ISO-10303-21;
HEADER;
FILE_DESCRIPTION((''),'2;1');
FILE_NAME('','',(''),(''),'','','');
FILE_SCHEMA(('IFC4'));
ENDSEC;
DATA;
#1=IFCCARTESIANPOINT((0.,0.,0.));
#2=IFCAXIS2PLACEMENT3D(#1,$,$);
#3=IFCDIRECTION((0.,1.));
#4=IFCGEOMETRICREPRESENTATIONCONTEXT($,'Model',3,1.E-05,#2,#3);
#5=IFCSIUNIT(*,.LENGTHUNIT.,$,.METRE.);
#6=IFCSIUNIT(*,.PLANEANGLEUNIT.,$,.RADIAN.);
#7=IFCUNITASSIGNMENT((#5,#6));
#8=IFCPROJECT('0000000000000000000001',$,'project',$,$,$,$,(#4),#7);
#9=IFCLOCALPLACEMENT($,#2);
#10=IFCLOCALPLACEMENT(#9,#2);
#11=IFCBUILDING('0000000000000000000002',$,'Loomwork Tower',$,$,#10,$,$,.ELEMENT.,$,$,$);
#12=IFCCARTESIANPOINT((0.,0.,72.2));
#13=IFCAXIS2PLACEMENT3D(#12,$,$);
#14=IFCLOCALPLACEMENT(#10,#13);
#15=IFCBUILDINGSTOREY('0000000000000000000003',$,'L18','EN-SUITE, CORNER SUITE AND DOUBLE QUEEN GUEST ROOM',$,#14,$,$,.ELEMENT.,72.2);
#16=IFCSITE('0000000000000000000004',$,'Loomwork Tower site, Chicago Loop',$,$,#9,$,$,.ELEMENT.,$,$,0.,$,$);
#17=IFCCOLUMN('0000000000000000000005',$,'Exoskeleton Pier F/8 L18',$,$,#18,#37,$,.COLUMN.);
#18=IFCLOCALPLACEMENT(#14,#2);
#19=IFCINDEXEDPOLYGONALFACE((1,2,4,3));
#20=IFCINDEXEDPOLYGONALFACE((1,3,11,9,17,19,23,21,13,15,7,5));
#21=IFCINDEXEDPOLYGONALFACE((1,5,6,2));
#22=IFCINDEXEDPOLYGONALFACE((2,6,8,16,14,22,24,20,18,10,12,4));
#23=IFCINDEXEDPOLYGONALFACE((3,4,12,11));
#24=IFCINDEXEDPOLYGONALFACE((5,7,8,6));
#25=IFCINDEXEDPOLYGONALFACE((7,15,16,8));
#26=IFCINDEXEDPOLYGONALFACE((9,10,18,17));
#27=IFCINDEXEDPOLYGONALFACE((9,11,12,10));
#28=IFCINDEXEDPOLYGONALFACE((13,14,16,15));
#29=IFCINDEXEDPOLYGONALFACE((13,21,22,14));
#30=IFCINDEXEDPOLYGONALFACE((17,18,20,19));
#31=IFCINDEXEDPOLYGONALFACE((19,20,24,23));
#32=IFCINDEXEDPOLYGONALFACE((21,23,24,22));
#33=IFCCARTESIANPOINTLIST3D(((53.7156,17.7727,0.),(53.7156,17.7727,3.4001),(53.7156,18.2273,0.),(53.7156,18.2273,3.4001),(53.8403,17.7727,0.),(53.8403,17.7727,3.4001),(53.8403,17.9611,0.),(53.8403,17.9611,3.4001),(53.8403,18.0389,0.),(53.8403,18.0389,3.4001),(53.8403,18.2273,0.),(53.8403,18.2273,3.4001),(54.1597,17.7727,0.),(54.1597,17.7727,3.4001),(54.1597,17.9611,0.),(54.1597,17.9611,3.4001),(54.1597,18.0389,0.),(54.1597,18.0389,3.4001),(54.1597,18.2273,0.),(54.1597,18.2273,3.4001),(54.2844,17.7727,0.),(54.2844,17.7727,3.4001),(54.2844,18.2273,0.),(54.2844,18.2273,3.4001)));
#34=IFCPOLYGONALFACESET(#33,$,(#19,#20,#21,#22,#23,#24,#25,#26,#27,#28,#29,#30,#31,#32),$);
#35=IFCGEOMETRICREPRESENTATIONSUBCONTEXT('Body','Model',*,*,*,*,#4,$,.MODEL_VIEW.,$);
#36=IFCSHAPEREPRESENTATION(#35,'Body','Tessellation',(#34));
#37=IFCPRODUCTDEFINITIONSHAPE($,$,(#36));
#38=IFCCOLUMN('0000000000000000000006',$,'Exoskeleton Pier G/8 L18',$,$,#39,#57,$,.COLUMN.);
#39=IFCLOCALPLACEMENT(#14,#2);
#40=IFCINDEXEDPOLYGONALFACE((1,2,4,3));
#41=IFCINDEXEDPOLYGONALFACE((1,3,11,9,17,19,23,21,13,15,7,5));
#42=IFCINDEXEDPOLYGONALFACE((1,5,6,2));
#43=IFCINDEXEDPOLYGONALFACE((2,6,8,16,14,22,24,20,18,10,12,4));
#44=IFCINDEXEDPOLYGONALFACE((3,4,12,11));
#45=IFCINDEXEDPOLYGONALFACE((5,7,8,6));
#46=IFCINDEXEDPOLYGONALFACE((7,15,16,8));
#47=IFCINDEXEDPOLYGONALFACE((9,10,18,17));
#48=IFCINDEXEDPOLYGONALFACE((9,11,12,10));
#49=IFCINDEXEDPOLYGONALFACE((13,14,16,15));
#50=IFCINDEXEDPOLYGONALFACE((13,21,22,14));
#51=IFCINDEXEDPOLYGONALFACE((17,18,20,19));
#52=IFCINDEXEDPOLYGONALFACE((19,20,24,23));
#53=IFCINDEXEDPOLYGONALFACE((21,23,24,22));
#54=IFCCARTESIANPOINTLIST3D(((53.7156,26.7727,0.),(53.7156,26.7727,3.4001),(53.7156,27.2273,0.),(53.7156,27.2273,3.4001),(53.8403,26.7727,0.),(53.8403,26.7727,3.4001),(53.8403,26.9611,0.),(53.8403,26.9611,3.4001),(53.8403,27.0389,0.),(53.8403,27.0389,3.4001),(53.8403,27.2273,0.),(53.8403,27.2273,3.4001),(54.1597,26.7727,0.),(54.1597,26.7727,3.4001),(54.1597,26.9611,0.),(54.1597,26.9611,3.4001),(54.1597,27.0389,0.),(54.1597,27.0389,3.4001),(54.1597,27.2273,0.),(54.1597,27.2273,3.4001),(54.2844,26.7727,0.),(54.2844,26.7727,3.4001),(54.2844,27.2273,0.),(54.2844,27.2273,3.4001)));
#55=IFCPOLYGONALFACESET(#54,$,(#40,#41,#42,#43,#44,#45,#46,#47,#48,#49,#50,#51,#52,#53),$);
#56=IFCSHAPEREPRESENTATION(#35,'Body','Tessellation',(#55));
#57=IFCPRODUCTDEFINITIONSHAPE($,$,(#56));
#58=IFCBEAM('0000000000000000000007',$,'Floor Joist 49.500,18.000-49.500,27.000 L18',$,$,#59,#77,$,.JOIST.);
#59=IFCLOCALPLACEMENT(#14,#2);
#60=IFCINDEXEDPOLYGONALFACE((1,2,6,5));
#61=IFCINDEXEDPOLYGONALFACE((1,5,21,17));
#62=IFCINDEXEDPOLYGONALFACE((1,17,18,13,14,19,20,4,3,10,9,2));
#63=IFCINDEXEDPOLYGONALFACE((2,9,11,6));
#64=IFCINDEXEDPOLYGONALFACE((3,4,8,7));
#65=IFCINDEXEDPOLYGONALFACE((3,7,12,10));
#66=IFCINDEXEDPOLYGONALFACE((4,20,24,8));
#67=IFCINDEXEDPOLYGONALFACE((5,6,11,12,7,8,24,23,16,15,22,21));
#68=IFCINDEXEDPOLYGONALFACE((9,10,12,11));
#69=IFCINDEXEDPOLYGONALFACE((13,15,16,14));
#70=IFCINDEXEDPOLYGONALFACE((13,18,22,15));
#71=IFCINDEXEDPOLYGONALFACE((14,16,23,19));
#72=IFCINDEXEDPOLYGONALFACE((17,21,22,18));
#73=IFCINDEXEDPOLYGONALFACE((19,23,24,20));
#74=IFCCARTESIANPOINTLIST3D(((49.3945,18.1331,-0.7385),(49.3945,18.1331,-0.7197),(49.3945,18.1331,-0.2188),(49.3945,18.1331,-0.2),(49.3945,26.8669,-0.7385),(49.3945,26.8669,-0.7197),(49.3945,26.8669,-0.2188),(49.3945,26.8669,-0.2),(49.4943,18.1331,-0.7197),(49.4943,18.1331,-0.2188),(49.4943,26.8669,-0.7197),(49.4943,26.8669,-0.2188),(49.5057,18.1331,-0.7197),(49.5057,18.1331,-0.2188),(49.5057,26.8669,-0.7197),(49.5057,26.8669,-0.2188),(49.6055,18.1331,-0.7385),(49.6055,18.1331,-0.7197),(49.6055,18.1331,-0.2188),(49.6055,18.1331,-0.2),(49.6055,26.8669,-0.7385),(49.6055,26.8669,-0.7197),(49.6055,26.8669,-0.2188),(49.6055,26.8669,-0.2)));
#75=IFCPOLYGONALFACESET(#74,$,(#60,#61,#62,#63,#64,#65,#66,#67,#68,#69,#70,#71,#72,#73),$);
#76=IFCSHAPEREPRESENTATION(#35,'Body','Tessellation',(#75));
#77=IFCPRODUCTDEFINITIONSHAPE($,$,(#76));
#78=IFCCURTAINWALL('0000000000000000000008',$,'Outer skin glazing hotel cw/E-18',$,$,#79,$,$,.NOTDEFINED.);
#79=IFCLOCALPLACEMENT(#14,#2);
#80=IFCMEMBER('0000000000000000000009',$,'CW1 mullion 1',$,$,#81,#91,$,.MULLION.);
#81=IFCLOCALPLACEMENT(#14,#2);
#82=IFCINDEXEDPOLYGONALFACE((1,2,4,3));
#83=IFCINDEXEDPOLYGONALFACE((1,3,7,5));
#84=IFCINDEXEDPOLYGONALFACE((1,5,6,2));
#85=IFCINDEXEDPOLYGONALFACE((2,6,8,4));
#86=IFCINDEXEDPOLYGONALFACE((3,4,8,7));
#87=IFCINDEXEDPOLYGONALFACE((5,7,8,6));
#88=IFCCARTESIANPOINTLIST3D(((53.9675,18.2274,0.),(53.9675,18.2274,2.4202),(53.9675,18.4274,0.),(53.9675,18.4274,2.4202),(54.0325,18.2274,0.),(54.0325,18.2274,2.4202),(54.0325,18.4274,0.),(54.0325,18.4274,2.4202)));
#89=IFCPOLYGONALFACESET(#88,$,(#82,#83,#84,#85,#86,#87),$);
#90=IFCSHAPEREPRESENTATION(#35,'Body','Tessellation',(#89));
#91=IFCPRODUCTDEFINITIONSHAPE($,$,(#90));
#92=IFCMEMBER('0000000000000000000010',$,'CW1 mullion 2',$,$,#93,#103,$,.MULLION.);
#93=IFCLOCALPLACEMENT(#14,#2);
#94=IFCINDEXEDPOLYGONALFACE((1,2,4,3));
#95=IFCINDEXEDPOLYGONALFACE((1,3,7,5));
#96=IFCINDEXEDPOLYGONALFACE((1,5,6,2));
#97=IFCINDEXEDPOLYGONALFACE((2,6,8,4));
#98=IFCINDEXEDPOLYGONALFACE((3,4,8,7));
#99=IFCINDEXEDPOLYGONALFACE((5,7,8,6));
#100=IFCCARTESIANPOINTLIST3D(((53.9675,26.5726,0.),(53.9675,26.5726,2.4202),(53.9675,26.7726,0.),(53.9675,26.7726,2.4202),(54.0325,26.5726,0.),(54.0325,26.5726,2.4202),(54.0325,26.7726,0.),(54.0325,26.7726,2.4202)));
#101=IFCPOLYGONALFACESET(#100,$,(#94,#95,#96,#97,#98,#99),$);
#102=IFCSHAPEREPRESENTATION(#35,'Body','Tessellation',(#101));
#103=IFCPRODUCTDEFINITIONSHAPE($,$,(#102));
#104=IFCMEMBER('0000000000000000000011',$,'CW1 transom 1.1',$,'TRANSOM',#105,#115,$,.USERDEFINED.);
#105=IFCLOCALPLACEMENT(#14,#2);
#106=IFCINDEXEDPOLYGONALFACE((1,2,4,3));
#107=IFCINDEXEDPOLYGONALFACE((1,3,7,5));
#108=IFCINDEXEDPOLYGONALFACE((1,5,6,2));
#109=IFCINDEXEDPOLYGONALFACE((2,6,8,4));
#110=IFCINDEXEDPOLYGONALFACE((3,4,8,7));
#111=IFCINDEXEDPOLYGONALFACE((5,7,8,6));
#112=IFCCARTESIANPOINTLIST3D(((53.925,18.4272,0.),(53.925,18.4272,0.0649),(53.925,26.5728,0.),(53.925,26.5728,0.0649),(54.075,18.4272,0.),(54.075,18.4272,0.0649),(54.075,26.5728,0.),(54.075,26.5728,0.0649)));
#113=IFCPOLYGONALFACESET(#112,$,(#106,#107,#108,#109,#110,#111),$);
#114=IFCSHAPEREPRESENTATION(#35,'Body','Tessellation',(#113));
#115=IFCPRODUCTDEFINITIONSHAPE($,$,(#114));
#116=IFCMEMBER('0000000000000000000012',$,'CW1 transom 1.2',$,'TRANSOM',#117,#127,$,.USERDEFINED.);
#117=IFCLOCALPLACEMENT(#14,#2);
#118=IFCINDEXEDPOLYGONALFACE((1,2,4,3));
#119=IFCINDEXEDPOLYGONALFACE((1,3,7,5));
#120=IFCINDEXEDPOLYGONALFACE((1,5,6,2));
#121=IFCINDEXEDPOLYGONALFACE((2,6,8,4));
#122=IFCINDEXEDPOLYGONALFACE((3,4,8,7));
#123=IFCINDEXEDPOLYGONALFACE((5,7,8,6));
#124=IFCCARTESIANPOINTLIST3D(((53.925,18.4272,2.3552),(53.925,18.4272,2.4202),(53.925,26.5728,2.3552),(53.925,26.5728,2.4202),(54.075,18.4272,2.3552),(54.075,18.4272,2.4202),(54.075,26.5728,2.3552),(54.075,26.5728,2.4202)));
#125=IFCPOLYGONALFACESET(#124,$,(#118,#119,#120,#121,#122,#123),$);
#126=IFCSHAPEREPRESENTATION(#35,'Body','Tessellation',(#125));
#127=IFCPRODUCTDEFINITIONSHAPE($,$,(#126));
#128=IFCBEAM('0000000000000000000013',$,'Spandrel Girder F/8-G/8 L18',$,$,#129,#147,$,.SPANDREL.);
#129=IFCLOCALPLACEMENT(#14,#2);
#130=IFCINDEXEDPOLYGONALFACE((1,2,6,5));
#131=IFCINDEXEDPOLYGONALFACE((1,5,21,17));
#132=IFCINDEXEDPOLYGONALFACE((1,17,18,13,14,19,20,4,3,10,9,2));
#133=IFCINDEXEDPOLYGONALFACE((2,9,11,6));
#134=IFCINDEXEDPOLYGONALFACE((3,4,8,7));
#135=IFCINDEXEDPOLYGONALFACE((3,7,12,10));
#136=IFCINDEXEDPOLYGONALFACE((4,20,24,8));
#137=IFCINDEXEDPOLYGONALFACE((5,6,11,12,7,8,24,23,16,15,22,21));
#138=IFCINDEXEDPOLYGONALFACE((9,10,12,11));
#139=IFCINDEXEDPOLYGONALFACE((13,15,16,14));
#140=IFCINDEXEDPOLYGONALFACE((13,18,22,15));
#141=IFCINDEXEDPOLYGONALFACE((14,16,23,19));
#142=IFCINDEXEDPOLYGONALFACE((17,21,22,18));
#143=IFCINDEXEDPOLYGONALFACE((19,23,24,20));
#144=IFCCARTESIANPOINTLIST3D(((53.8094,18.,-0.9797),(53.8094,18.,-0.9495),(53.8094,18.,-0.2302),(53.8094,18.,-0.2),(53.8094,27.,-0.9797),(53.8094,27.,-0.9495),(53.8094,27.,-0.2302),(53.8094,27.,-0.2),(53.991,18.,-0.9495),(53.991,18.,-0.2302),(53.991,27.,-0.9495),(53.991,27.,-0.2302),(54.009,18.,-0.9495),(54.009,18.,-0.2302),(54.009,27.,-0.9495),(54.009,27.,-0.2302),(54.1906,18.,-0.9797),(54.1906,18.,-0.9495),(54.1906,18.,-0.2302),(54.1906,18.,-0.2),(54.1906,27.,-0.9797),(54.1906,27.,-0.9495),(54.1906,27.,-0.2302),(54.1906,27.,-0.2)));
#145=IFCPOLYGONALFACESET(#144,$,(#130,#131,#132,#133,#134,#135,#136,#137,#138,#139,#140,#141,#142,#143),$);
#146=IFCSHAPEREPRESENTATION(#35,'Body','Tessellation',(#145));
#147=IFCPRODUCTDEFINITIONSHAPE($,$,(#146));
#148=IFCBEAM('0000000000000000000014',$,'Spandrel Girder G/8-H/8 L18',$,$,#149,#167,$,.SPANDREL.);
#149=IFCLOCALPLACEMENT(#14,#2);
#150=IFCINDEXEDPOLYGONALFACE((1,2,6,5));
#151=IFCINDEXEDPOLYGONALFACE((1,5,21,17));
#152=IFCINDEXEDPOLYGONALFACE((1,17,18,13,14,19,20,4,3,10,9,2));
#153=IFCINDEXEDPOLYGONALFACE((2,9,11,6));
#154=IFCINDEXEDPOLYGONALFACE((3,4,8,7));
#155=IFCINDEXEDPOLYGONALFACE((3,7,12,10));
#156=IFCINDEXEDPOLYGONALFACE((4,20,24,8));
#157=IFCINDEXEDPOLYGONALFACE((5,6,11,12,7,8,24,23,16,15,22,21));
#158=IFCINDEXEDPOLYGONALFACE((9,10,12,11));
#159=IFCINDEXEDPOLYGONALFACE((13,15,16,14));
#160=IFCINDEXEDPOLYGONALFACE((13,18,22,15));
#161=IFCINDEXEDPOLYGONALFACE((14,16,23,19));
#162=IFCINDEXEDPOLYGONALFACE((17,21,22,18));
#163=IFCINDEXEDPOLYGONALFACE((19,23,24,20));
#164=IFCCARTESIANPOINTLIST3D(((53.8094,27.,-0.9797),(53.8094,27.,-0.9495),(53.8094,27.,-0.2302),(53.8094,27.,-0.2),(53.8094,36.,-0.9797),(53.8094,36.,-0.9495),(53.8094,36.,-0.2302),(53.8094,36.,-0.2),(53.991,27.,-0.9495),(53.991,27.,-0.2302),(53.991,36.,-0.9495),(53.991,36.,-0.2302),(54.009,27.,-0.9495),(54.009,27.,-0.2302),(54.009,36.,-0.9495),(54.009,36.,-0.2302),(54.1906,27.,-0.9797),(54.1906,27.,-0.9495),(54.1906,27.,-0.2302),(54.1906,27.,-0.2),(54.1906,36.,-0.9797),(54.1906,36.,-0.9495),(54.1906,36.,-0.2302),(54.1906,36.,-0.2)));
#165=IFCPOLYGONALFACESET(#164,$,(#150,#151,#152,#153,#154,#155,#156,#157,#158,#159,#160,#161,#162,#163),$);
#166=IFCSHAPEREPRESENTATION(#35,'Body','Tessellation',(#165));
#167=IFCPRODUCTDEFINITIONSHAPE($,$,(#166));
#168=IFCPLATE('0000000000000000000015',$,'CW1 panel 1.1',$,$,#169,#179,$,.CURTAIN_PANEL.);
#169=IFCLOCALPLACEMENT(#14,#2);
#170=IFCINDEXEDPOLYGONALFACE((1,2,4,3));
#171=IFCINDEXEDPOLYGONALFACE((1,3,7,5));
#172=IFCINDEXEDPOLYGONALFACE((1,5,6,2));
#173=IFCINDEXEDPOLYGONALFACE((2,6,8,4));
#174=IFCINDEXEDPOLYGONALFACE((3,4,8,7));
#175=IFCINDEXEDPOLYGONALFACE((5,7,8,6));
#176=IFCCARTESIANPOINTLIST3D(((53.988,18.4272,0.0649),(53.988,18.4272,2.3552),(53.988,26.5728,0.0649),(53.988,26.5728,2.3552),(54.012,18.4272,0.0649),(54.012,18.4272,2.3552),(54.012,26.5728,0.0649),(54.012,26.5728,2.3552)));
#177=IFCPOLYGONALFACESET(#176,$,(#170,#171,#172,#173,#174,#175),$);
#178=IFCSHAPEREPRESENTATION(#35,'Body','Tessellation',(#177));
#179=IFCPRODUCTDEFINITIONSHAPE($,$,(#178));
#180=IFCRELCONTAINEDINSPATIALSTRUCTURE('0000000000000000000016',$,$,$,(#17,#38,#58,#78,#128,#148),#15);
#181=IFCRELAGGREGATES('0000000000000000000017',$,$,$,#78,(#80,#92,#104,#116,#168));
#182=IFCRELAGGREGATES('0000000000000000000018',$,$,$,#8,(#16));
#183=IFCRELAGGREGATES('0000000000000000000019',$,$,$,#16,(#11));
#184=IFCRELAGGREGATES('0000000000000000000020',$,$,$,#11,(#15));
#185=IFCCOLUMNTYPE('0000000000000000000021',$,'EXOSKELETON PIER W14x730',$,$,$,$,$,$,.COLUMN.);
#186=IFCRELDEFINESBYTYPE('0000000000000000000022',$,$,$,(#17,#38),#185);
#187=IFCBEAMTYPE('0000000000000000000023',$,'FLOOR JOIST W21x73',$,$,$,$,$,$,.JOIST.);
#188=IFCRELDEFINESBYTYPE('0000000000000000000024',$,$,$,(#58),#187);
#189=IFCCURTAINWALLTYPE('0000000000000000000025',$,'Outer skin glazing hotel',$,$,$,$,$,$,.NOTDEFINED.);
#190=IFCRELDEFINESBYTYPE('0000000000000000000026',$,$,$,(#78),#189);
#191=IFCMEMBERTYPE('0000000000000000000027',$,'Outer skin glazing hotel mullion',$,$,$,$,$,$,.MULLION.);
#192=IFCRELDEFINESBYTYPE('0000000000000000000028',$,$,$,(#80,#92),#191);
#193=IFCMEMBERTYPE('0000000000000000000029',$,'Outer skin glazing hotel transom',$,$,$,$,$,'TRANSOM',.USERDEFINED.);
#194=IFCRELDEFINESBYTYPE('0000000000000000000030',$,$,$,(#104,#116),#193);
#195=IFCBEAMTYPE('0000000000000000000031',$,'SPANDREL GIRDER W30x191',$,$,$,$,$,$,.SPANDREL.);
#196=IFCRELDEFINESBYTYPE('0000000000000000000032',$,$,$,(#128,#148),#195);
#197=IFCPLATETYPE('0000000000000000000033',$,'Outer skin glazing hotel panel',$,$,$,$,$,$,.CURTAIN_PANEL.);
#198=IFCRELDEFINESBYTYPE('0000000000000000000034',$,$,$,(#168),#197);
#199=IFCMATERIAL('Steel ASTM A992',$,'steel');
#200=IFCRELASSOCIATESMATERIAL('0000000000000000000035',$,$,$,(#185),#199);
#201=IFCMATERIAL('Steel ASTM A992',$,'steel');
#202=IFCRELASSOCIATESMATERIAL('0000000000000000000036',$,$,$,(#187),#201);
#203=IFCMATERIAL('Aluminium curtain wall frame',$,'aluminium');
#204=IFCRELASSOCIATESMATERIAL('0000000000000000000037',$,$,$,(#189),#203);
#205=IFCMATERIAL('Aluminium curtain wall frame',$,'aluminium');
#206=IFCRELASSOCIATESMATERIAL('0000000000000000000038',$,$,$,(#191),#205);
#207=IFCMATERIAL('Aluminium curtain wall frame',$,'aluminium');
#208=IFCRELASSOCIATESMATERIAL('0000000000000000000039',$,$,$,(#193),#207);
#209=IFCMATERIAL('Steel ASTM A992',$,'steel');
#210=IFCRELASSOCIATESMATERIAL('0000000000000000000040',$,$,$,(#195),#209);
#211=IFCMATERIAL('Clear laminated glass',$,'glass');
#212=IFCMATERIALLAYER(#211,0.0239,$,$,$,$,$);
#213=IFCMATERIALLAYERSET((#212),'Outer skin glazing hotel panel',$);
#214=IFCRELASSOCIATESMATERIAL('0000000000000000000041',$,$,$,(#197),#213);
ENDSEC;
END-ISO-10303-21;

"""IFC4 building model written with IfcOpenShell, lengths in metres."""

from ifc_helpers import new_model, si_unit, direction, frame, origin, origin_2d, place, context, subcontext, project, spatial, rectangle, i_section, extrude, material, layer, layer_set, material_profile, profile_set, type_object, element, aggregate, save


model = new_model("IFC4")

# Units and contexts
model_context = context("Model", 3, precision=1e-05, world=origin(), true_north=direction((0.0, 1.0)))
body_context = subcontext(model_context, "Body", "Model", "MODEL_VIEW")
ifc_project = project(units=[si_unit("LENGTHUNIT", "METRE"), si_unit("PLANEANGLEUNIT", "RADIAN")], contexts=[model_context])

# Site, building, storey
site_placement = place(None, origin())
site = spatial("IfcSite", under=ifc_project, at=site_placement, Name="Loomwork Tower site, Chicago Loop", CompositionType="ELEMENT", RefElevation=0.0)
building_placement = place(site_placement, origin())
building = spatial("IfcBuilding", under=site, at=building_placement, Name="Loomwork Tower", CompositionType="ELEMENT")
storey_placement = place(building_placement, frame((0.0, 0.0, 72.2)))
storey = spatial("IfcBuildingStorey", under=building, at=storey_placement, Name="L18", Description="EN-SUITE, CORNER SUITE AND DOUBLE QUEEN GUEST ROOM", CompositionType="ELEMENT", Elevation=72.2)

# Columns
ifc_material_1 = material(Name="Steel ASTM A992", Category="steel")
ifc_material_profile_1 = material_profile(ifc_material_1, i_section(OverallWidth=0.4546, OverallDepth=0.5688, WebThickness=0.0779, FlangeThickness=0.1248, at=origin_2d()), Name="W14x730")
ifc_profile_set_1 = profile_set([ifc_material_profile_1], Name="Steel ASTM A992")
column_type = type_object("IfcColumnType", Name="EXOSKELETON PIER W14x730", PredefinedType="COLUMN", material=ifc_profile_set_1)
for number, where, z_axis, x_axis, name in (
    (1, (54.0, 18.0, 0.0), (0.0, 0.0, 1.0), (0.0, 1.0, 0.0), "Exoskeleton Pier F/8 L18"),
    (2, (54.0, 27.0, 0.0), (0.0, 0.0, 1.0), (0.0, 1.0, 0.0), "Exoskeleton Pier G/8 L18"),
):
    element("IfcColumn", number, at=place(storey_placement, frame(where, z_axis=z_axis, x_axis=x_axis)), inside=storey, type_object=column_type, Name=name, PredefinedType="COLUMN", context=body_context, shape_type="SweptSolid", body=[
        extrude(i_section(OverallWidth=0.4546, OverallDepth=0.5688, WebThickness=0.0779, FlangeThickness=0.1248, at=origin_2d()), origin(), (0.0, 0.0, 1.0), 3.4001),
    ])

# Beam
ifc_material_2 = material(Name="Steel ASTM A992", Category="steel")
ifc_material_profile_2 = material_profile(ifc_material_2, i_section(OverallWidth=0.2109, OverallDepth=0.5386, WebThickness=0.0115, FlangeThickness=0.0188, at=origin_2d()), Name="W21x73")
ifc_profile_set_2 = profile_set([ifc_material_profile_2], Name="Steel ASTM A992")
beam_type_1 = type_object("IfcBeamType", Name="FLOOR JOIST W21x73", PredefinedType="JOIST", material=ifc_profile_set_2)
beam_placement = place(storey_placement, frame((49.5, 18.1331, -0.4692), z_axis=(0.0, 1.0, 0.0), x_axis=(-1.0, 0.0, 0.0)))
element("IfcBeam", 3, at=beam_placement, inside=storey, type_object=beam_type_1, Name="Floor Joist 49.500,18.000-49.500,27.000 L18", PredefinedType="JOIST", context=body_context, shape_type="SweptSolid", body=[
    extrude(i_section(OverallWidth=0.2109, OverallDepth=0.5386, WebThickness=0.0115, FlangeThickness=0.0188, at=origin_2d()), origin(), (0.0, 0.0, 1.0), 8.7339),
])

# Curtain wall, members
ifc_material_3 = material(Name="Aluminium curtain wall frame", Category="aluminium")
curtain_wall_type = type_object("IfcCurtainWallType", Name="Outer skin glazing hotel", PredefinedType="NOTDEFINED", material=ifc_material_3)
curtain_wall_placement = place(storey_placement, origin())
curtain_wall = element("IfcCurtainWall", 4, at=curtain_wall_placement, inside=storey, type_object=curtain_wall_type, Name="Outer skin glazing hotel cw/E-18", PredefinedType="NOTDEFINED")
ifc_material_4 = material(Name="Aluminium curtain wall frame", Category="aluminium")
ifc_material_profile_3 = material_profile(ifc_material_4, rectangle(XDim=0.0649, YDim=0.2, at=origin_2d()), Name="AL 65x200")
ifc_profile_set_3 = profile_set([ifc_material_profile_3], Name="Aluminium curtain wall frame")
member_type_1 = type_object("IfcMemberType", Name="Outer skin glazing hotel mullion", PredefinedType="MULLION", material=ifc_profile_set_3)
member_1_placement = place(storey_placement, frame((54.0, 18.3274, 0.0), z_axis=(0.0, 0.0, 1.0), x_axis=(-1.0, 0.0, 0.0)))
member_1 = element("IfcMember", 5, at=member_1_placement, type_object=member_type_1, Name="CW1 mullion 1", PredefinedType="MULLION", context=body_context, shape_type="SweptSolid", body=[
    extrude(rectangle(XDim=0.0649, YDim=0.2, at=origin_2d()), origin(), (0.0, 0.0, 1.0), 2.4202),
])
member_2_placement = place(storey_placement, frame((54.0, 26.6726, 0.0), z_axis=(0.0, 0.0, 1.0), x_axis=(-1.0, 0.0, 0.0)))
member_2 = element("IfcMember", 6, at=member_2_placement, type_object=member_type_1, Name="CW1 mullion 2", PredefinedType="MULLION", context=body_context, shape_type="SweptSolid", body=[
    extrude(rectangle(XDim=0.0649, YDim=0.2, at=origin_2d()), origin(), (0.0, 0.0, 1.0), 2.4202),
])
ifc_material_5 = material(Name="Aluminium curtain wall frame", Category="aluminium")
ifc_material_profile_4 = material_profile(ifc_material_5, rectangle(XDim=0.1499, YDim=0.0649, at=origin_2d()), Name="AL 65x150")
ifc_profile_set_4 = profile_set([ifc_material_profile_4], Name="Aluminium curtain wall frame")
member_type_2 = type_object("IfcMemberType", Name="Outer skin glazing hotel transom", ElementType="TRANSOM", PredefinedType="USERDEFINED", material=ifc_profile_set_4)
member_3_placement = place(storey_placement, frame((54.0, 18.4272, 0.0325), z_axis=(0.0, 1.0, 0.0), x_axis=(-1.0, 0.0, 0.0)))
member_3 = element("IfcMember", 7, at=member_3_placement, type_object=member_type_2, Name="CW1 transom 1.1", ObjectType="TRANSOM", PredefinedType="USERDEFINED", context=body_context, shape_type="SweptSolid", body=[
    extrude(rectangle(XDim=0.1499, YDim=0.0649, at=origin_2d()), origin(), (0.0, 0.0, 1.0), 8.1455),
])
member_4_placement = place(storey_placement, frame((54.0, 18.4272, 2.3877), z_axis=(0.0, 1.0, 0.0), x_axis=(-1.0, 0.0, 0.0)))
member_4 = element("IfcMember", 8, at=member_4_placement, type_object=member_type_2, Name="CW1 transom 1.2", ObjectType="TRANSOM", PredefinedType="USERDEFINED", context=body_context, shape_type="SweptSolid", body=[
    extrude(rectangle(XDim=0.1499, YDim=0.0649, at=origin_2d()), origin(), (0.0, 0.0, 1.0), 8.1455),
])

# Beams
ifc_material_6 = material(Name="Steel ASTM A992", Category="steel")
ifc_material_profile_5 = material_profile(ifc_material_6, i_section(OverallWidth=0.3811, OverallDepth=0.7798, WebThickness=0.0181, FlangeThickness=0.0303, at=origin_2d()), Name="W30x191")
ifc_profile_set_5 = profile_set([ifc_material_profile_5], Name="Steel ASTM A992")
beam_type_2 = type_object("IfcBeamType", Name="SPANDREL GIRDER W30x191", PredefinedType="SPANDREL", material=ifc_profile_set_5)
for number, where, z_axis, x_axis, name in (
    (9, (54.0, 18.0, -0.5898), (0.0, 1.0, 0.0), (-1.0, 0.0, 0.0), "Spandrel Girder F/8-G/8 L18"),
    (10, (54.0, 27.0, -0.5898), (0.0, 1.0, 0.0), (-1.0, 0.0, 0.0), "Spandrel Girder G/8-H/8 L18"),
):
    element("IfcBeam", number, at=place(storey_placement, frame(where, z_axis=z_axis, x_axis=x_axis)), inside=storey, type_object=beam_type_2, Name=name, PredefinedType="SPANDREL", context=body_context, shape_type="SweptSolid", body=[
        extrude(i_section(OverallWidth=0.3811, OverallDepth=0.7798, WebThickness=0.0181, FlangeThickness=0.0303, at=origin_2d()), origin(), (0.0, 0.0, 1.0), 9.0),
    ])

# Plate
ifc_material_7 = material(Name="Clear laminated glass", Category="glass")
ifc_layer_1 = layer(ifc_material_7, 0.0239)
ifc_layer_set_1 = layer_set([ifc_layer_1], Name="Outer skin glazing hotel panel")
plate_type = type_object("IfcPlateType", Name="Outer skin glazing hotel panel", PredefinedType="CURTAIN_PANEL", material=ifc_layer_set_1)
plate_placement = place(storey_placement, frame((54.0, 22.5, 0.0649), z_axis=(0.0, 0.0, 1.0), x_axis=(0.0, 1.0, 0.0)))
plate = element("IfcPlate", 11, at=plate_placement, type_object=plate_type, Name="CW1 panel 1.1", PredefinedType="CURTAIN_PANEL", context=body_context, shape_type="SweptSolid", body=[
    extrude(rectangle(XDim=8.1455, YDim=0.0239, at=origin_2d()), origin(), (0.0, 0.0, 1.0), 2.2903),
])
aggregate(curtain_wall, [member_1, member_2, member_3, member_4, plate])

save(model, "model.ifc")
